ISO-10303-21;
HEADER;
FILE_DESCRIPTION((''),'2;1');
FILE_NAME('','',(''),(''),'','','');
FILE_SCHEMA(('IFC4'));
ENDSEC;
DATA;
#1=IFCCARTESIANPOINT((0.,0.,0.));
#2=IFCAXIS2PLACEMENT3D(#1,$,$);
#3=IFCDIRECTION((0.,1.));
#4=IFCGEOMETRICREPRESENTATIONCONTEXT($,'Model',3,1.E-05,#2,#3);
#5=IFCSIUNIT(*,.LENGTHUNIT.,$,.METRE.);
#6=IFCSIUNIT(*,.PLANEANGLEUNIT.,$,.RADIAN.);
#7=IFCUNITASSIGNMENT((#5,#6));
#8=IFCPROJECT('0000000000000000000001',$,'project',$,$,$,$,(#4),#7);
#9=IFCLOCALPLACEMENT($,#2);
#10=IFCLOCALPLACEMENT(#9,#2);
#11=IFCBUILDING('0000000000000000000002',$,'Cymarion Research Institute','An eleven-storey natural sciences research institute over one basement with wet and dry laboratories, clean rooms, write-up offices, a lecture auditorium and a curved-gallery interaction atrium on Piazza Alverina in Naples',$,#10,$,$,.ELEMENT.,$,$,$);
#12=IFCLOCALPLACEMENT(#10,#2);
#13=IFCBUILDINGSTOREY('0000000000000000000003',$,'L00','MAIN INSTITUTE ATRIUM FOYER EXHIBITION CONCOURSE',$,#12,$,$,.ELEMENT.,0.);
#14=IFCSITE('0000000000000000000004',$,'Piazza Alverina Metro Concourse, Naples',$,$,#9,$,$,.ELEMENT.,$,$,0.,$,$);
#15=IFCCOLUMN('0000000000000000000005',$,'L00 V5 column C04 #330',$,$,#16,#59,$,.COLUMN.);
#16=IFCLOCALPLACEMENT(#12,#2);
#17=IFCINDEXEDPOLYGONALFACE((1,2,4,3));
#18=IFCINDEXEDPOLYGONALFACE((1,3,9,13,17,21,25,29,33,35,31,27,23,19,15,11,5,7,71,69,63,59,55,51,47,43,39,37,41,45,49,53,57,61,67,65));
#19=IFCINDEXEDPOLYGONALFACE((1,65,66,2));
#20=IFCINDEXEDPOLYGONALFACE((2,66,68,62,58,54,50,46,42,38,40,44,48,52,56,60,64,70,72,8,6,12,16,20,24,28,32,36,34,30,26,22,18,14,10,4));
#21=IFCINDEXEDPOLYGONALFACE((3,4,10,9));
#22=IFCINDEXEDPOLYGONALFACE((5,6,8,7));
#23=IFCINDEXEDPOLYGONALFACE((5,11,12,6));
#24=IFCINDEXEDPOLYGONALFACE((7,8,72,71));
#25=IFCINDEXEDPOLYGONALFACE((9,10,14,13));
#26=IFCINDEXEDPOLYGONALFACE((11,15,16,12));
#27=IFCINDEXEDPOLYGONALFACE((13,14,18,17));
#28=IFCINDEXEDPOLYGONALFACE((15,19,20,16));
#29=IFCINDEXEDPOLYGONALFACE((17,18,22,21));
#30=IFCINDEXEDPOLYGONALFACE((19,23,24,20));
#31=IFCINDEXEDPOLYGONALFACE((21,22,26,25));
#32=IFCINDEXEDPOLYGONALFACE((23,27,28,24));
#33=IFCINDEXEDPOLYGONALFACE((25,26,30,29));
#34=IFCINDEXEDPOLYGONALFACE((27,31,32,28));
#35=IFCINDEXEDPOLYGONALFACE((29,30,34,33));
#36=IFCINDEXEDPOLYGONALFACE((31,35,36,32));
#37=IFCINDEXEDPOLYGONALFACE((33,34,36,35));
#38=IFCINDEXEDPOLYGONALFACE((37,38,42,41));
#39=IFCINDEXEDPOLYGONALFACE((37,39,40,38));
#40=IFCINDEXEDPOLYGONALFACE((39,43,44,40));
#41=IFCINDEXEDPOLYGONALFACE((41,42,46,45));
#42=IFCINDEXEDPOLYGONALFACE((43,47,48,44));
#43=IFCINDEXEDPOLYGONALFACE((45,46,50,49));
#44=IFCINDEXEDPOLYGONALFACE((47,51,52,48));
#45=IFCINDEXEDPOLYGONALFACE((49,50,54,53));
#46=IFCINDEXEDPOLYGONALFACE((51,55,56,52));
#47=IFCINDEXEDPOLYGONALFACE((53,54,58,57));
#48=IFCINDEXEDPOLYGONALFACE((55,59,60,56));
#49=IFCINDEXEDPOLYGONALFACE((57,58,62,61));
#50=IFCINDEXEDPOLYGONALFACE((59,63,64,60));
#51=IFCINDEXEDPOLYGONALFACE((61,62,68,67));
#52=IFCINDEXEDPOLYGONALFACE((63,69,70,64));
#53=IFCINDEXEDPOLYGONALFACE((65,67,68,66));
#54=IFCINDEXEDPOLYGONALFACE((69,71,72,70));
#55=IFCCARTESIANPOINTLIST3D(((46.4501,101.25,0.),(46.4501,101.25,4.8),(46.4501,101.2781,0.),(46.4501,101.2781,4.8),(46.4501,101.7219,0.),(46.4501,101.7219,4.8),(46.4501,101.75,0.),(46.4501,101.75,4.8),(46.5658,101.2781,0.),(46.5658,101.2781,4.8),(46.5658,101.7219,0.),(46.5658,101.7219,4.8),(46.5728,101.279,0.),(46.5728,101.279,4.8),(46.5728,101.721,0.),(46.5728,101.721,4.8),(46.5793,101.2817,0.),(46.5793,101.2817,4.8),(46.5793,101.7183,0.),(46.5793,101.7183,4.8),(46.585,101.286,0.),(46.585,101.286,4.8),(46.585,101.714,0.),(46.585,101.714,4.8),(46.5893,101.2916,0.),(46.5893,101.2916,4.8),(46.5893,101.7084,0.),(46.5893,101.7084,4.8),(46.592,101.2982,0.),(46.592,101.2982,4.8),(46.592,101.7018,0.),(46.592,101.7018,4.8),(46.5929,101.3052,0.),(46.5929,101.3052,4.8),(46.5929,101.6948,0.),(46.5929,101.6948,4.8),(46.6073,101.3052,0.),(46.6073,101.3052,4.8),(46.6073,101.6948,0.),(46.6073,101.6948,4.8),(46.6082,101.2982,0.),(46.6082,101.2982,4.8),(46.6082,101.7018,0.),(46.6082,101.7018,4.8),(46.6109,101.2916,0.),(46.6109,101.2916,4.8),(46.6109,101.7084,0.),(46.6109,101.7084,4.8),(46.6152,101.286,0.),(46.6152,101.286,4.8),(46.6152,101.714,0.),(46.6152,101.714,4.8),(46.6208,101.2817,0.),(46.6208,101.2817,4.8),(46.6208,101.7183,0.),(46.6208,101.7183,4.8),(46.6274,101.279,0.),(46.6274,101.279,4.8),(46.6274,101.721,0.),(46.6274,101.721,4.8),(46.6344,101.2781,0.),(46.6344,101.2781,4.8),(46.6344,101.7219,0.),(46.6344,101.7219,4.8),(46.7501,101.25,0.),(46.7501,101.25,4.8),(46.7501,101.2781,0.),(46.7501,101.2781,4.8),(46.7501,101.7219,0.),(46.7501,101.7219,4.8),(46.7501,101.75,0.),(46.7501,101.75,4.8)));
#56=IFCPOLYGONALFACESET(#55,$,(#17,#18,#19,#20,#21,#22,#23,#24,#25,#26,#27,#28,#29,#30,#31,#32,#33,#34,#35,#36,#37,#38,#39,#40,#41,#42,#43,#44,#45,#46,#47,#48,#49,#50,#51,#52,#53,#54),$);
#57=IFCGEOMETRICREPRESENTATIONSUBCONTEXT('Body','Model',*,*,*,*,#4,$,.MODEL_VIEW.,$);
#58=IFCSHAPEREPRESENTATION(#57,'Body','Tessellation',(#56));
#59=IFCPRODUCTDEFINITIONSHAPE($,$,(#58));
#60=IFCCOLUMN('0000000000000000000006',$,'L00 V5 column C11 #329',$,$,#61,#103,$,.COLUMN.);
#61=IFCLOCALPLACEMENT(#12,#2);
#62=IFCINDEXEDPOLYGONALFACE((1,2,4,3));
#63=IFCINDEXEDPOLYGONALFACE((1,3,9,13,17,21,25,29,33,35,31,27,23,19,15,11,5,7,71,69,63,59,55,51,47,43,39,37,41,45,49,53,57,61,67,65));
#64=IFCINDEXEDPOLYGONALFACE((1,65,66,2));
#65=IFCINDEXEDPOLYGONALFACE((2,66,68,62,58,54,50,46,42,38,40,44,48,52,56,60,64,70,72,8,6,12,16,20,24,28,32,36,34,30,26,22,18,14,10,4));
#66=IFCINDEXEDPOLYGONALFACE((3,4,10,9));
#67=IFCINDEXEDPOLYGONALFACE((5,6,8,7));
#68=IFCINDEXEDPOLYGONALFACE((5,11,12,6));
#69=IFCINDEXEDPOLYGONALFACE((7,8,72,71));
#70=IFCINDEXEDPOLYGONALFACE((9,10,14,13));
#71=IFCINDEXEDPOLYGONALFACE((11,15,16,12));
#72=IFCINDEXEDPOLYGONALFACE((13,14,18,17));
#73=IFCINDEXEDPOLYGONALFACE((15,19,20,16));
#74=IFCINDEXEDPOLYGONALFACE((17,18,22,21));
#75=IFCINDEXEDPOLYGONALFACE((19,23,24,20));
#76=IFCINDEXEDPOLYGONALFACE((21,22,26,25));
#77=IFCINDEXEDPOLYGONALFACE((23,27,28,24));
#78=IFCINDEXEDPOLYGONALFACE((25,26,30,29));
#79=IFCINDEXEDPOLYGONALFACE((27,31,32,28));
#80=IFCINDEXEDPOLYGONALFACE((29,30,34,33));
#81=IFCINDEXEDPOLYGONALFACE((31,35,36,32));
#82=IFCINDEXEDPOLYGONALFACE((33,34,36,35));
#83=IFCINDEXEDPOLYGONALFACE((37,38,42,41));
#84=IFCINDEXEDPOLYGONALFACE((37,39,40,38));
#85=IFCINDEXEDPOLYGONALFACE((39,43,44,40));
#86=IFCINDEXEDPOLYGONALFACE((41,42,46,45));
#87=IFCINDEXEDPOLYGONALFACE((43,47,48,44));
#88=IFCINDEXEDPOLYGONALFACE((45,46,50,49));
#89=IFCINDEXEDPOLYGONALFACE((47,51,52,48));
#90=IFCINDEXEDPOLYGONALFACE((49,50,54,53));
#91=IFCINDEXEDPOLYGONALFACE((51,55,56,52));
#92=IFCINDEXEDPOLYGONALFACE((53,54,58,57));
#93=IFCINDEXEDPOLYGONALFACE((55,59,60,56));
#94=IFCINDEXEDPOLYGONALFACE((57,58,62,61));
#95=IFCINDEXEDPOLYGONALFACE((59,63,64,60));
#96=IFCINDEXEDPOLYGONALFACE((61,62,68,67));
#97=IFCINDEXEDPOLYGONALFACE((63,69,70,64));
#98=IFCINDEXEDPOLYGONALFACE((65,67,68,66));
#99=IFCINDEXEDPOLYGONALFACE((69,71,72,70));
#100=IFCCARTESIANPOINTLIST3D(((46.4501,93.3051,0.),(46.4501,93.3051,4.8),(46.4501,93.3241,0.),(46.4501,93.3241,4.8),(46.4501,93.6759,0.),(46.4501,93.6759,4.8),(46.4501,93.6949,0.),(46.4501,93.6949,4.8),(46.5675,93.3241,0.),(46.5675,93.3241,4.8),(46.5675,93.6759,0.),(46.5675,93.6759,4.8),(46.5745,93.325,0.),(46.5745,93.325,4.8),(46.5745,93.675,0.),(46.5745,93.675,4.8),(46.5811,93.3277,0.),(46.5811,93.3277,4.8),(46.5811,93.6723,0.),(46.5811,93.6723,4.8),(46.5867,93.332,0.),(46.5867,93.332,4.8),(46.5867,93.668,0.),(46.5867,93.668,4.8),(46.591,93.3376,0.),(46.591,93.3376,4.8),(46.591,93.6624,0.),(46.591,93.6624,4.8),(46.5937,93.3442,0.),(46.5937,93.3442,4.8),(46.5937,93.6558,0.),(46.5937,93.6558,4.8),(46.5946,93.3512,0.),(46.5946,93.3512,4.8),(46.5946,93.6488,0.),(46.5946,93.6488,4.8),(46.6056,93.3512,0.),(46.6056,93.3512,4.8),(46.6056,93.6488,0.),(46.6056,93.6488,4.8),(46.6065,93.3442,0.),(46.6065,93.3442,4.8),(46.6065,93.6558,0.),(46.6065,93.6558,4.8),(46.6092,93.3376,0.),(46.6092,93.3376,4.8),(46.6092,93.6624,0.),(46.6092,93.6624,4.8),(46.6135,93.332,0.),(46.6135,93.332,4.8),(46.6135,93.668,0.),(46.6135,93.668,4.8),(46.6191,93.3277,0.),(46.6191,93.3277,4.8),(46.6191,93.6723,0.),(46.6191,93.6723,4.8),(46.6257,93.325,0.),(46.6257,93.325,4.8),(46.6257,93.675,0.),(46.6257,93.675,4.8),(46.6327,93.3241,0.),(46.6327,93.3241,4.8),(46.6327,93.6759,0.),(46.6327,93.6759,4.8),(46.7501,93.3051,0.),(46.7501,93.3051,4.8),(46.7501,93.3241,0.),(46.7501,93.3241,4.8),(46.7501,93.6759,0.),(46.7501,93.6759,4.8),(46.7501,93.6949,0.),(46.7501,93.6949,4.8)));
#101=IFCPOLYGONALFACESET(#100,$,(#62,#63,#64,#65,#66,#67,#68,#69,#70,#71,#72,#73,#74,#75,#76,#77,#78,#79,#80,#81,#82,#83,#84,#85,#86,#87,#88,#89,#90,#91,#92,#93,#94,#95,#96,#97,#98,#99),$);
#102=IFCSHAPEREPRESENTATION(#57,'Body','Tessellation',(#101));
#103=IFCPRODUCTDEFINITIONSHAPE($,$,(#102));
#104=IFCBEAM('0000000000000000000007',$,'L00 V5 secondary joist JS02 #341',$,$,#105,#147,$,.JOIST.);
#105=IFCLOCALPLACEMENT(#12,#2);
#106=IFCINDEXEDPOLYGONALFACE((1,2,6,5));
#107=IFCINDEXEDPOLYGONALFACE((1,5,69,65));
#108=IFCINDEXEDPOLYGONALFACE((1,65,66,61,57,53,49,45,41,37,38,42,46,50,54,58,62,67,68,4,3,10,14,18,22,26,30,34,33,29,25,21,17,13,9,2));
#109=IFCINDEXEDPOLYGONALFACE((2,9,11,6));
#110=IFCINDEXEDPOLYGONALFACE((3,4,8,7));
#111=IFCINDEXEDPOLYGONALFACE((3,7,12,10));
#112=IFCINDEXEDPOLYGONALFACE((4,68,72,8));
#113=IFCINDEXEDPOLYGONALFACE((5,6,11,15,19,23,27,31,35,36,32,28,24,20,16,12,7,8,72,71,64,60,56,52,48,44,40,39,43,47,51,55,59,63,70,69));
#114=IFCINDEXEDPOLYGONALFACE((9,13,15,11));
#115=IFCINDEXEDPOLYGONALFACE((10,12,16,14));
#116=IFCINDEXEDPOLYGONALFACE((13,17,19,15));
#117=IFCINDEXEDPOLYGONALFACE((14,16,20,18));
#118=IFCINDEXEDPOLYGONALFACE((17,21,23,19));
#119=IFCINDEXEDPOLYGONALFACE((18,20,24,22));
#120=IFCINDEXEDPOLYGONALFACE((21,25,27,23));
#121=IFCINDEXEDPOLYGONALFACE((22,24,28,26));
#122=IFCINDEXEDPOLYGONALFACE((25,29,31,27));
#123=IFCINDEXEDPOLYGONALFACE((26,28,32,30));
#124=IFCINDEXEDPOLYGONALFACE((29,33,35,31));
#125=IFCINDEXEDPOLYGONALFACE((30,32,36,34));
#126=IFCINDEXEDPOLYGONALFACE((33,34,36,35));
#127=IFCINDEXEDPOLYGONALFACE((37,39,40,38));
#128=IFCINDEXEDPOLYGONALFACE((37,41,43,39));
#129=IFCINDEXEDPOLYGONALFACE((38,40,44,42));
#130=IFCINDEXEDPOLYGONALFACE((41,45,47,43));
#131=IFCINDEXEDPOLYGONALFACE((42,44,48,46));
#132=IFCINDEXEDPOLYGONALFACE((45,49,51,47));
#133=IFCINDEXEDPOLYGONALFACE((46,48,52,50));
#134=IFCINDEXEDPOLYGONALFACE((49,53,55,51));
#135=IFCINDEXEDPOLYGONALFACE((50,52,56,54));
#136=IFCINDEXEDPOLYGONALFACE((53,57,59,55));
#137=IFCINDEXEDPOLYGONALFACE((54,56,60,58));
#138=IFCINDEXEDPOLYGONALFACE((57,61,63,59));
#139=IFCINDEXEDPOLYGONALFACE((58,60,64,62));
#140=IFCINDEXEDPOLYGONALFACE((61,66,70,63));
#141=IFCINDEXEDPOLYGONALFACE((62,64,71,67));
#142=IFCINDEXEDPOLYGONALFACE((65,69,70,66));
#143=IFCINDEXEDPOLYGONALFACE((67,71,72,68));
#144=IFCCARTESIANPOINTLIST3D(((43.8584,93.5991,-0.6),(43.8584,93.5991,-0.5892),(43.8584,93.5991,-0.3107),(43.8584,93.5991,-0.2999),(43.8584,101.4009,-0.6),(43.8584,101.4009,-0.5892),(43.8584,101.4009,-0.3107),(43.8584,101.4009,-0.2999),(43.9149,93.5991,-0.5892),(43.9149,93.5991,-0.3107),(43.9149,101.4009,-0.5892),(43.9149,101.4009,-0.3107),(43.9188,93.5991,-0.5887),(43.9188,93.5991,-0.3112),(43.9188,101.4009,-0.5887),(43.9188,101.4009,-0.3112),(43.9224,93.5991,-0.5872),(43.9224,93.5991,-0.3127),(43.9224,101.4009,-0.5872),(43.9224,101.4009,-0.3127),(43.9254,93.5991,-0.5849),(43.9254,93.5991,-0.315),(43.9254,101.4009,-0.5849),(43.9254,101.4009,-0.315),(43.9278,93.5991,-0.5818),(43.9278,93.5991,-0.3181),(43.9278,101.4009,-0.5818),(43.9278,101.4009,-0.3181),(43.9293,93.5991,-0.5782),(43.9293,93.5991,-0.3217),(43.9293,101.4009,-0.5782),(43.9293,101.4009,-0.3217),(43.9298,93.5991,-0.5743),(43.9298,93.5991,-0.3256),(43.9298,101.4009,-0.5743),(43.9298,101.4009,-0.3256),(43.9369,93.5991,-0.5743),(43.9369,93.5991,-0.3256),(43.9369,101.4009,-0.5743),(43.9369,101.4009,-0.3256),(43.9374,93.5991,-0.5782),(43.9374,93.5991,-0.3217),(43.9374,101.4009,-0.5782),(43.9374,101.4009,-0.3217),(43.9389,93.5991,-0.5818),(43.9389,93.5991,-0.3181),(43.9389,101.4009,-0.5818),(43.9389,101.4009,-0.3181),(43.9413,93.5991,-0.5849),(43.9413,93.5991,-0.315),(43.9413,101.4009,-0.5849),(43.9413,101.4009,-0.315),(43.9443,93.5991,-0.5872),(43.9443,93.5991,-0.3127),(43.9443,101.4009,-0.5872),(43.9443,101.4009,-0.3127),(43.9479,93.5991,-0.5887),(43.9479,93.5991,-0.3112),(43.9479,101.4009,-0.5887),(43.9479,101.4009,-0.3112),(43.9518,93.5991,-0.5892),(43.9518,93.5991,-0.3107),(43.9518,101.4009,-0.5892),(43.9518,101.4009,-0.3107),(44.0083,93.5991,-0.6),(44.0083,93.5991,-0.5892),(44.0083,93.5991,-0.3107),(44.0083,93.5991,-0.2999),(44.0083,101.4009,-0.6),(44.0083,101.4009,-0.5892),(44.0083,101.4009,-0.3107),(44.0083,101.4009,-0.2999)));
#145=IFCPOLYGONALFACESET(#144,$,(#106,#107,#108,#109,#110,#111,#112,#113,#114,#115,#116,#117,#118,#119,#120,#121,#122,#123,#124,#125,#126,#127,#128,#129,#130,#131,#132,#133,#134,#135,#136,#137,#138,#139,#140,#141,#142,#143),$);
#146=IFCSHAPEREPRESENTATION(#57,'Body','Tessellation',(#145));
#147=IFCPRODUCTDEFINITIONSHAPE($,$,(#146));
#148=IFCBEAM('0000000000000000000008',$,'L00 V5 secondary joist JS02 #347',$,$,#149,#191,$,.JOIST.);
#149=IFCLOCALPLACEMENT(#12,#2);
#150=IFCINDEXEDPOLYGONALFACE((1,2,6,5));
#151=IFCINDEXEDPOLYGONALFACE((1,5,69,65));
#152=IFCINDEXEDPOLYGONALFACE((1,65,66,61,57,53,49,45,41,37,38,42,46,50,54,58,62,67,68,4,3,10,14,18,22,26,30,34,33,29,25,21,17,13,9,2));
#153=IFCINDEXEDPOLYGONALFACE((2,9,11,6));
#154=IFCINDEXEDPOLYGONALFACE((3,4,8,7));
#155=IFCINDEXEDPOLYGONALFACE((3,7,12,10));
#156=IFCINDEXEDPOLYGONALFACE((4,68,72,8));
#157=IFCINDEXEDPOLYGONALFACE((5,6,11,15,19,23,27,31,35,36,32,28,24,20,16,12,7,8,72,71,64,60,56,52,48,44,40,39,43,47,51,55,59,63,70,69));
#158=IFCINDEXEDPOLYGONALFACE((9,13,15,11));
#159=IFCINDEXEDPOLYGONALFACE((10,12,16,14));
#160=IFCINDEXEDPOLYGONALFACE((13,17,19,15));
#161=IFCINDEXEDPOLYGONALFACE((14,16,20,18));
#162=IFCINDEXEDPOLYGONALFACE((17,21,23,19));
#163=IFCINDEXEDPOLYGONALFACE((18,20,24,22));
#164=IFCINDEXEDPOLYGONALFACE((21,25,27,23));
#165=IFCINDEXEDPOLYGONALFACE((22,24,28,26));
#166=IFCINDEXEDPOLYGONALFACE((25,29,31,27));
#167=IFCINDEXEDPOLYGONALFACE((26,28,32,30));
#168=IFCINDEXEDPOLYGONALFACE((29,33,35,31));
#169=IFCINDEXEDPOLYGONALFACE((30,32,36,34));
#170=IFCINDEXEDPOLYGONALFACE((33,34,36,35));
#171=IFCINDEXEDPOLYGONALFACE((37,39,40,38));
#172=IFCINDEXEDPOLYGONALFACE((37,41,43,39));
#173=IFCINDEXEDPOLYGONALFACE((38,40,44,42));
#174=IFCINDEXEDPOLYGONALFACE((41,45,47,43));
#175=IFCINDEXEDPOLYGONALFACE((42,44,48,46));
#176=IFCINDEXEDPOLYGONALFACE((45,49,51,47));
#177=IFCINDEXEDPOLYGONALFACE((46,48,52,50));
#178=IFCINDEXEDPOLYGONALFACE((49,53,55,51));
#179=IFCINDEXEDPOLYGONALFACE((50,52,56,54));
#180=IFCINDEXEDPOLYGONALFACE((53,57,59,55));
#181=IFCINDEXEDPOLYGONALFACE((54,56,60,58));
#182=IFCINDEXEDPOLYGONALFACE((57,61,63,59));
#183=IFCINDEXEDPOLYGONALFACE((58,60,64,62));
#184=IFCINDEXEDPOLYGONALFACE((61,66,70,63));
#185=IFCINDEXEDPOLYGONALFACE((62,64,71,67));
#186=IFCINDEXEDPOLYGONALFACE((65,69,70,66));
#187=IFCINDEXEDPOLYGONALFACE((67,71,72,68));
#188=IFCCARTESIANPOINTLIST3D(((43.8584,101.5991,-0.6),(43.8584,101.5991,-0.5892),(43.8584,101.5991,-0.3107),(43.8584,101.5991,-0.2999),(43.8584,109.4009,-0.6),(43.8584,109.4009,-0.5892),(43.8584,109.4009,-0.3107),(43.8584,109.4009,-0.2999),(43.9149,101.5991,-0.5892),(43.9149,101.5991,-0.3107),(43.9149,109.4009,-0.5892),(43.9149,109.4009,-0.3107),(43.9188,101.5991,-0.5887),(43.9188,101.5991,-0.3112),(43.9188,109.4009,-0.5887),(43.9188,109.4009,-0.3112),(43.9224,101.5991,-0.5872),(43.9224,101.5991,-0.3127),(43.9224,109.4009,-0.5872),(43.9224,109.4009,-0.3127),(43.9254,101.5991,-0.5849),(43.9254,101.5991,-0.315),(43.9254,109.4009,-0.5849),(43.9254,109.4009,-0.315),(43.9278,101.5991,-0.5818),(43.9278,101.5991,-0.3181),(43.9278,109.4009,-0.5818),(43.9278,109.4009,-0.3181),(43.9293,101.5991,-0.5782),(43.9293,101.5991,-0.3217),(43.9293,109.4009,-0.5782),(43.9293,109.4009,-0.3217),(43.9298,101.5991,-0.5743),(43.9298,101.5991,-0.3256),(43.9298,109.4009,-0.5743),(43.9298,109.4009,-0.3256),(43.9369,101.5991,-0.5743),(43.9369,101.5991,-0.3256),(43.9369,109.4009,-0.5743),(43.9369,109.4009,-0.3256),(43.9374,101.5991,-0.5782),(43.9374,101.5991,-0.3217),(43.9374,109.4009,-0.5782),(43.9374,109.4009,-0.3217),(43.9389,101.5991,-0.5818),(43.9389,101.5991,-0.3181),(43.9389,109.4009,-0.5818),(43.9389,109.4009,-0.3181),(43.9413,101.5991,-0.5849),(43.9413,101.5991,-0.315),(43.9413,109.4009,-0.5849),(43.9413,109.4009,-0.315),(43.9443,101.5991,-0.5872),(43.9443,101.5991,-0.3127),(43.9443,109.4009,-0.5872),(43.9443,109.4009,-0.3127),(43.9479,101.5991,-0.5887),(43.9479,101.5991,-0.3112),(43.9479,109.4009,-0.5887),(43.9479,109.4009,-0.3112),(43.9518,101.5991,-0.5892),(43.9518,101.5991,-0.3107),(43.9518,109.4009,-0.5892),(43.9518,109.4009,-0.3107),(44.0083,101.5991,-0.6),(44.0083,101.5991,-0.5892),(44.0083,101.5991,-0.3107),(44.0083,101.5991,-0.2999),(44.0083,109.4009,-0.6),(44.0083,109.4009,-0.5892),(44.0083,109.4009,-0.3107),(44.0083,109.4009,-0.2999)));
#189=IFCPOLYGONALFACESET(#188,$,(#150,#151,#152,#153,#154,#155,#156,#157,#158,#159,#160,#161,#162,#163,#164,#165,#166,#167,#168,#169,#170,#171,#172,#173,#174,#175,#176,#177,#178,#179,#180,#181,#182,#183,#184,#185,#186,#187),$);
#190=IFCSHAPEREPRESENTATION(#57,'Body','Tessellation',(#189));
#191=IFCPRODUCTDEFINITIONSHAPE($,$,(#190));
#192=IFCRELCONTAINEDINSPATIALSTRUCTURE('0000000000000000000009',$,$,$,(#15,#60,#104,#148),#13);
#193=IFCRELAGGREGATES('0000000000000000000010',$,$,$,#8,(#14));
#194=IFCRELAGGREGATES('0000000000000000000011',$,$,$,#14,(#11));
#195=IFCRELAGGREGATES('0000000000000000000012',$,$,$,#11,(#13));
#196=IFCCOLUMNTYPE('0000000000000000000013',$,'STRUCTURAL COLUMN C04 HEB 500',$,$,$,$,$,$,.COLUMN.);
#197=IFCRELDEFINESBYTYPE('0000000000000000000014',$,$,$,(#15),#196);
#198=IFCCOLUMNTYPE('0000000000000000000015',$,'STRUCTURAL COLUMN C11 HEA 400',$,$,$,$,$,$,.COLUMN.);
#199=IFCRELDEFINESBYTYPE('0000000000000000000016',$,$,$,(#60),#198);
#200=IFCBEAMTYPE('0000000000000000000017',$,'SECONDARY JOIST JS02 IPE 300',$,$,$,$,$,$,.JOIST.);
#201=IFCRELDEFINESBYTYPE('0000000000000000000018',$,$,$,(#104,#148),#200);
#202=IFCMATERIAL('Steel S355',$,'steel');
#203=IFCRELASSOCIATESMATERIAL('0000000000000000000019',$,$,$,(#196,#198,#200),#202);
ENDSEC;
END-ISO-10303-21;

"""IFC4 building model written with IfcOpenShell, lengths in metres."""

from ifc_helpers import new_model, si_unit, direction, frame, origin, origin_2d, place, context, subcontext, project, spatial, i_section, extrude, material, material_profile, profile_set, type_object, element, save


model = new_model("IFC4")

# Units and contexts
model_context = context("Model", 3, precision=1e-05, world=origin(), true_north=direction((0.0, 1.0)))
body_context = subcontext(model_context, "Body", "Model", "MODEL_VIEW")
ifc_project = project(units=[si_unit("LENGTHUNIT", "METRE"), si_unit("PLANEANGLEUNIT", "RADIAN")], contexts=[model_context])

# Site, building, storey
site_placement = place(None, origin())
site = spatial("IfcSite", under=ifc_project, at=site_placement, Name="Piazza Alverina Metro Concourse, Naples", CompositionType="ELEMENT", RefElevation=0.0)
building_placement = place(site_placement, origin())
building = spatial("IfcBuilding", under=site, at=building_placement, Name="Cymarion Research Institute", Description="An eleven-storey natural sciences research institute over one basement with wet and dry laboratories, clean rooms, write-up offices, a lecture auditorium and a curved-gallery interaction atrium on Piazza Alverina in Naples", CompositionType="ELEMENT")
storey_placement = place(building_placement, origin())
storey = spatial("IfcBuildingStorey", under=building, at=storey_placement, Name="L00", Description="MAIN INSTITUTE ATRIUM FOYER EXHIBITION CONCOURSE", CompositionType="ELEMENT", Elevation=0.0)

# Columns
ifc_material_1 = material(Name="Steel S355", Category="steel")
ifc_material_profile_1 = material_profile(ifc_material_1, i_section(OverallWidth=0.3, OverallDepth=0.5, WebThickness=0.0144, FlangeThickness=0.0281, FilletRadius=0.0271, at=origin_2d()), Name="HEB 500")
ifc_profile_set_1 = profile_set([ifc_material_profile_1], Name="Steel S355")
column_type_1 = type_object("IfcColumnType", Name="STRUCTURAL COLUMN C04 HEB 500", PredefinedType="COLUMN", material=ifc_profile_set_1)
column_1_placement = place(storey_placement, frame((46.6001, 101.5, 0.0), z_axis=(0.0, 0.0, 1.0), x_axis=(1.0, 0.0, 0.0)))
element("IfcColumn", 1, at=column_1_placement, inside=storey, type_object=column_type_1, Name="L00 V5 column C04 #330", PredefinedType="COLUMN", context=body_context, shape_type="SweptSolid", body=[
    extrude(i_section(OverallWidth=0.3, OverallDepth=0.5, WebThickness=0.0144, FlangeThickness=0.0281, FilletRadius=0.0271, at=origin_2d()), origin(), (0.0, 0.0, 1.0), 4.8),
])
ifc_material_profile_2 = material_profile(ifc_material_1, i_section(OverallWidth=0.3, OverallDepth=0.3899, WebThickness=0.011, FlangeThickness=0.019, FilletRadius=0.0271, at=origin_2d()), Name="HEA 400")
ifc_profile_set_2 = profile_set([ifc_material_profile_2], Name="Steel S355")
column_type_2 = type_object("IfcColumnType", Name="STRUCTURAL COLUMN C11 HEA 400", PredefinedType="COLUMN", material=ifc_profile_set_2)
column_2_placement = place(storey_placement, frame((46.6001, 93.5, 0.0), z_axis=(0.0, 0.0, 1.0), x_axis=(1.0, 0.0, 0.0)))
element("IfcColumn", 2, at=column_2_placement, inside=storey, type_object=column_type_2, Name="L00 V5 column C11 #329", PredefinedType="COLUMN", context=body_context, shape_type="SweptSolid", body=[
    extrude(i_section(OverallWidth=0.3, OverallDepth=0.3899, WebThickness=0.011, FlangeThickness=0.019, FilletRadius=0.0271, at=origin_2d()), origin(), (0.0, 0.0, 1.0), 4.8),
])

# Beams
ifc_material_profile_3 = material_profile(ifc_material_1, i_section(OverallWidth=0.1499, OverallDepth=0.3, WebThickness=0.0071, FlangeThickness=0.0107, FilletRadius=0.0149, at=origin_2d()), Name="IPE 300")
ifc_profile_set_3 = profile_set([ifc_material_profile_3], Name="Steel S355")
beam_type_1 = type_object("IfcBeamType", Name="SECONDARY JOIST JS02 IPE 300", PredefinedType="JOIST", material=ifc_profile_set_3)
for number, where, z_axis, x_axis, name in (
    (3, (43.9333, 93.5991, -0.45), (0.0, 1.0, 0.0), (-1.0, 0.0, 0.0), "L00 V5 secondary joist JS02 #341"),
    (4, (43.9333, 101.5991, -0.45), (0.0, 1.0, 0.0), (-1.0, 0.0, 0.0), "L00 V5 secondary joist JS02 #347"),
):
    element("IfcBeam", number, at=place(storey_placement, frame(where, z_axis=z_axis, x_axis=x_axis)), inside=storey, type_object=beam_type_1, Name=name, PredefinedType="JOIST", context=body_context, shape_type="SweptSolid", body=[
        extrude(i_section(OverallWidth=0.1499, OverallDepth=0.3, WebThickness=0.0071, FlangeThickness=0.0107, FilletRadius=0.0149, at=origin_2d()), origin(), (0.0, 0.0, 1.0), 7.8018),
    ])

save(model, "model.ifc")
